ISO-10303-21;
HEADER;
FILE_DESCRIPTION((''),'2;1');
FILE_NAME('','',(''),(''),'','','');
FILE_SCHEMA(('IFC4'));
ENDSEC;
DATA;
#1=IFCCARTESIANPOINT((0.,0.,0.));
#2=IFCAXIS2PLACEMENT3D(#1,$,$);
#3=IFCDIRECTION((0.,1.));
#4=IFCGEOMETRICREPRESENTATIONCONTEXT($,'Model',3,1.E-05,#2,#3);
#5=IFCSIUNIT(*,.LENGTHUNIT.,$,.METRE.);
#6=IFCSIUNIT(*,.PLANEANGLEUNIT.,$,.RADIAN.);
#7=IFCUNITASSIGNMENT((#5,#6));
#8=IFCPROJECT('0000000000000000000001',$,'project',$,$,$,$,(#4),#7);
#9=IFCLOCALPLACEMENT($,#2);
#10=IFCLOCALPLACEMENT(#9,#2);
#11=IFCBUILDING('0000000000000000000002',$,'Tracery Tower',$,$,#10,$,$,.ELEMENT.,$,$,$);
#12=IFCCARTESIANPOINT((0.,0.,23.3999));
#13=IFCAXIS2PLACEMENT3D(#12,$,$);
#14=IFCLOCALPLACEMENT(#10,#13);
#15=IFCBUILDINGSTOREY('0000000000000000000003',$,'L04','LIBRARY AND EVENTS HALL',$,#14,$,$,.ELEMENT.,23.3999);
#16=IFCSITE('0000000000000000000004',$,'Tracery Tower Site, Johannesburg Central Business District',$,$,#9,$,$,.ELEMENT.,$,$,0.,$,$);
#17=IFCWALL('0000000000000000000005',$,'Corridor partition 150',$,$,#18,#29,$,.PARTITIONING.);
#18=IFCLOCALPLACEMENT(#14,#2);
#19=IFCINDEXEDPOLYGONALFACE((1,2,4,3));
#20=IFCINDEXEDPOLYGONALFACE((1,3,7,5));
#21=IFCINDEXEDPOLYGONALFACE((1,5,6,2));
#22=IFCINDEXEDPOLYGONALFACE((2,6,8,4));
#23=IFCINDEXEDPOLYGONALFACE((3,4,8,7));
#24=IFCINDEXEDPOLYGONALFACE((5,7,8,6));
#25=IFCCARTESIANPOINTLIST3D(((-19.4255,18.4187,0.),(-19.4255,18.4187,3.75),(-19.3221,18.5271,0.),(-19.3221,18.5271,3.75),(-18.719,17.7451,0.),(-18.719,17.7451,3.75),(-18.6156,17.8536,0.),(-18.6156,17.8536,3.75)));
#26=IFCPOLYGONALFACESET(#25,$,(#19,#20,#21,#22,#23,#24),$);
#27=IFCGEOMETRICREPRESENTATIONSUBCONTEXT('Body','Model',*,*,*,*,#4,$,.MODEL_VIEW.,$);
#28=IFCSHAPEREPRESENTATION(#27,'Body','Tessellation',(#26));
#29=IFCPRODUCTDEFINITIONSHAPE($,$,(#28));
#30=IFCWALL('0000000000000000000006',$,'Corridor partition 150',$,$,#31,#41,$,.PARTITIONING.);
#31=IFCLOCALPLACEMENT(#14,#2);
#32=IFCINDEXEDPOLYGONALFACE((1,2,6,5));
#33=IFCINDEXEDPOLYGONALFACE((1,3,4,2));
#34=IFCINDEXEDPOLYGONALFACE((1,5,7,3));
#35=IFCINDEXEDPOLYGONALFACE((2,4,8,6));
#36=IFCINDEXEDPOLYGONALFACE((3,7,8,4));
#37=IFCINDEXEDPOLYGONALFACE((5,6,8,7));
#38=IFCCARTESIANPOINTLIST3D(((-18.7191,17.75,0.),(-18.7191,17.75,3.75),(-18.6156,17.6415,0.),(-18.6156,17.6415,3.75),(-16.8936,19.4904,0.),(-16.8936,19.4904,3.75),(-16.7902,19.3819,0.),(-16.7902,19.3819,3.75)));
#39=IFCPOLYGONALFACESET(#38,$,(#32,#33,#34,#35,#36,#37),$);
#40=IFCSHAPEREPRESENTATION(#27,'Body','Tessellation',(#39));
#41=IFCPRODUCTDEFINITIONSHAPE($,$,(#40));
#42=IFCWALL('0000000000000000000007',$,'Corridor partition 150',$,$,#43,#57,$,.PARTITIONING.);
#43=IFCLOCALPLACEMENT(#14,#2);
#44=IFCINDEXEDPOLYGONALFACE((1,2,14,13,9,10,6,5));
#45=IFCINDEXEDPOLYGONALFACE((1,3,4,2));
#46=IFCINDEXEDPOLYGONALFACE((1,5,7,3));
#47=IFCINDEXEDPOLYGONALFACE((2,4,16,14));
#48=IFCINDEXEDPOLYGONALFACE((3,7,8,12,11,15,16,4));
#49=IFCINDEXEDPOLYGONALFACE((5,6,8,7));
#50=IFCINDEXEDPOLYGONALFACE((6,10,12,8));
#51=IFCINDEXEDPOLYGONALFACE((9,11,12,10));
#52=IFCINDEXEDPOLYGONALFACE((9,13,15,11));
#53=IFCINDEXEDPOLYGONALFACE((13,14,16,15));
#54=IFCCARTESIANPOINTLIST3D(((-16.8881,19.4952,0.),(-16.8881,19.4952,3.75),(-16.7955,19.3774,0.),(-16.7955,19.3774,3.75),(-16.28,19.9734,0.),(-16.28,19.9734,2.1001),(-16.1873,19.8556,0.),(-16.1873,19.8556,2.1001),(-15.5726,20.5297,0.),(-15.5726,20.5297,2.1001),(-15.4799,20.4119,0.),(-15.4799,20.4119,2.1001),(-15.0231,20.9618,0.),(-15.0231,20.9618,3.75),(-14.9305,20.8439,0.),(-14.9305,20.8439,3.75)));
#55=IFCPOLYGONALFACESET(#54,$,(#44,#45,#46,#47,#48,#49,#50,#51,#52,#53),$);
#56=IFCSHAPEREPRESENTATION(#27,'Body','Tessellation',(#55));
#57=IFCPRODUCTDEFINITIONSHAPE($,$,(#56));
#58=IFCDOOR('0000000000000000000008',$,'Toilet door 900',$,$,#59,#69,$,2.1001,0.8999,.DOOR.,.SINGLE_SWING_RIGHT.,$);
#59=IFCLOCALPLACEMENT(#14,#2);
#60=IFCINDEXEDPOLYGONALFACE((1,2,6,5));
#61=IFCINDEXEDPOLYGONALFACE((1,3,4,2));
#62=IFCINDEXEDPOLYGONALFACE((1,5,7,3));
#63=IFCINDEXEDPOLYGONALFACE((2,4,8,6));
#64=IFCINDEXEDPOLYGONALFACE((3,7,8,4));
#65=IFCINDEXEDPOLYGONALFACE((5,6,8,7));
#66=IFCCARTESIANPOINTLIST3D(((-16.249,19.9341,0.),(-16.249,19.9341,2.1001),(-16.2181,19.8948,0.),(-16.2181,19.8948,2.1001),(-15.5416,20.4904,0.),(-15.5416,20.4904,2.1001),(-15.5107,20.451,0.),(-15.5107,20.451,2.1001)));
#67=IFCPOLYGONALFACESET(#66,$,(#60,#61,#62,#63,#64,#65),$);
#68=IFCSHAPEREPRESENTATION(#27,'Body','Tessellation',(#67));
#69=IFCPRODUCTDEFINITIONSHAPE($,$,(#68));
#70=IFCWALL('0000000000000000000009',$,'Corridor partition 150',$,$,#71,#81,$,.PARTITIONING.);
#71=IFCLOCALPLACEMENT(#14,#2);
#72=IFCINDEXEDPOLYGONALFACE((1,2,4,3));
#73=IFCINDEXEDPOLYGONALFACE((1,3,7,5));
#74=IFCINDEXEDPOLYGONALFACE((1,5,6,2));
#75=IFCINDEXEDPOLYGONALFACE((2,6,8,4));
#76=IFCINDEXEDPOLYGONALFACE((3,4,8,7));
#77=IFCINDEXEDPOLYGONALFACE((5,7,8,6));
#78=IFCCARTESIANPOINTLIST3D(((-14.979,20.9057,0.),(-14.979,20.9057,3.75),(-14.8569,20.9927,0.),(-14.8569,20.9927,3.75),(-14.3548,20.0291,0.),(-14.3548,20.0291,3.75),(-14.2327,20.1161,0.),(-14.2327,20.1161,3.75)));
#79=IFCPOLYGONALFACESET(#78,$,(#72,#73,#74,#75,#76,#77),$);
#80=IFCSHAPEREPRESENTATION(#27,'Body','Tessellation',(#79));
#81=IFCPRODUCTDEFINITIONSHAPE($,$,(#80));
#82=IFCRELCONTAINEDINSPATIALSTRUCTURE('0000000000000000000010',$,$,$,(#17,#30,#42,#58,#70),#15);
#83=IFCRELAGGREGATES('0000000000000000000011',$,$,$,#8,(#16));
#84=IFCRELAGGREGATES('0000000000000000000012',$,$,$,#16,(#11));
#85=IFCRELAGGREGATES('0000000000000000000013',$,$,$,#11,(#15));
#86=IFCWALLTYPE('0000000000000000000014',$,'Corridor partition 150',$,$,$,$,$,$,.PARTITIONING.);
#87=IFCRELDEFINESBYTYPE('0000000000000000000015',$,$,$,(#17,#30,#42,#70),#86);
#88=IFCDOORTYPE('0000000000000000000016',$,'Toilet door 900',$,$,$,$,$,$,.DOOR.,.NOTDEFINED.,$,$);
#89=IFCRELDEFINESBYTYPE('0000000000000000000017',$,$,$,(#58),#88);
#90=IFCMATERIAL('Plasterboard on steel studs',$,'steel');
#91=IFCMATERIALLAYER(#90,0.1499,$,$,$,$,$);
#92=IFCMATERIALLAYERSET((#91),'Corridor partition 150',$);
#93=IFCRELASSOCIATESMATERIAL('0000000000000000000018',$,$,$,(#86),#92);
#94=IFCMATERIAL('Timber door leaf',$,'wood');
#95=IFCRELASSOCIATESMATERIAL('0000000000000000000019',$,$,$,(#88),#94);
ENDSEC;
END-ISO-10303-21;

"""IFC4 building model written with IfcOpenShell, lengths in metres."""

from ifc_helpers import new_model, si_unit, direction, frame, frame_2d, origin, place, context, subcontext, project, spatial, rectangle, extrude, material, layer, layer_set, type_object, element, fill, save


model = new_model("IFC4")

# Units and contexts
model_context = context("Model", 3, precision=1e-05, world=origin(), true_north=direction((0.0, 1.0)))
body_context = subcontext(model_context, "Body", "Model", "MODEL_VIEW")
ifc_project = project(units=[si_unit("LENGTHUNIT", "METRE"), si_unit("PLANEANGLEUNIT", "RADIAN")], contexts=[model_context])

# Site, building, storey
site_placement = place(None, origin())
site = spatial("IfcSite", under=ifc_project, at=site_placement, Name="Tracery Tower Site, Johannesburg Central Business District", CompositionType="ELEMENT", RefElevation=0.0)
building_placement = place(site_placement, origin())
building = spatial("IfcBuilding", under=site, at=building_placement, Name="Tracery Tower", CompositionType="ELEMENT")
storey_placement = place(building_placement, frame((0.0, 0.0, 23.3999)))
storey = spatial("IfcBuildingStorey", under=building, at=storey_placement, Name="L04", Description="LIBRARY AND EVENTS HALL", CompositionType="ELEMENT", Elevation=23.3999)

# Walls
ifc_material_1 = material(Name="Plasterboard on steel studs", Category="steel")
ifc_layer_1 = layer(ifc_material_1, 0.1499)
ifc_layer_set_1 = layer_set([ifc_layer_1], Name="Corridor partition 150")
wall_type_1 = type_object("IfcWallType", Name="Corridor partition 150", PredefinedType="PARTITIONING", material=ifc_layer_set_1)
wall_1_placement = place(storey_placement, frame((-19.3738, 18.4729, 0.0), z_axis=(0.0, 0.0, 1.0), x_axis=(0.723787, -0.690024, 0.0)))
element("IfcWall", 1, at=wall_1_placement, inside=storey, type_object=wall_type_1, Name="Corridor partition 150", PredefinedType="PARTITIONING", context=body_context, shape_type="SweptSolid", body=[
    extrude(rectangle(XDim=0.9761, YDim=0.1499, at=frame_2d((0.488, 0.0))), origin(), (0.0, 0.0, 1.0), 3.75),
])
wall_2_placement = place(storey_placement, frame((-16.8418, 19.4363, 0.0), z_axis=(0.0, 0.0, 1.0), x_axis=(-0.723749, -0.690064, 0.0)))
element("IfcWall", 2, at=wall_2_placement, inside=storey, type_object=wall_type_1, Name="Corridor partition 150", PredefinedType="PARTITIONING", context=body_context, shape_type="SweptSolid", body=[
    extrude(rectangle(XDim=2.5222, YDim=0.1499, at=frame_2d((1.2612, 0.0))), origin(), (0.0, 0.0, 1.0), 3.75),
])

# Wall, opening, door
wall_3_placement = place(storey_placement, frame((-16.8418, 19.4363, 0.0), z_axis=(0.0, 0.0, 1.0), x_axis=(0.786072, 0.618135, 0.0)))
wall_3 = element("IfcWall", 3, at=wall_3_placement, inside=storey, type_object=wall_type_1, Name="Corridor partition 150", PredefinedType="PARTITIONING", context=body_context, shape_type="SweptSolid", body=[
    extrude(rectangle(XDim=2.3726, YDim=0.1499, at=frame_2d((1.1863, 0.0))), origin(), (0.0, 0.0, 1.0), 3.75),
])
opening_1_placement = place(wall_3_placement, frame((0.7737, 0.0, 0.0)))
opening_1 = element("IfcOpeningElement", 4, at=opening_1_placement, cuts=wall_3, PredefinedType="OPENING", context=body_context, shape_type="SweptSolid", body=[
    extrude(rectangle(XDim=0.8999, YDim=2.1001, at=frame_2d((0.45, 1.05))), frame((0.0, 0.075, 0.0), z_axis=(0.0, -1.0, 0.0), x_axis=(1.0, 0.0, 0.0)), (0.0, 0.0, 1.0), 0.1499),
])
ifc_material_2 = material(Name="Timber door leaf", Category="wood")
door_type = type_object("IfcDoorType", Name="Toilet door 900", OperationType="NOTDEFINED", PredefinedType="DOOR", material=ifc_material_2)
door_placement = place(opening_1_placement, origin())
door = element("IfcDoor", 5, at=door_placement, inside=storey, type_object=door_type, Name="Toilet door 900", OperationType="SINGLE_SWING_RIGHT", OverallHeight=2.1001, OverallWidth=0.8999, PredefinedType="DOOR", context=body_context, shape_type="SweptSolid", body=[
    extrude(rectangle(XDim=0.8999, YDim=2.1001, at=frame_2d((0.45, 1.05))), frame((0.0, 0.0249, 0.0), z_axis=(0.0, -1.0, 0.0), x_axis=(1.0, 0.0, 0.0)), (0.0, 0.0, 1.0), 0.05),
])
fill(opening_1, door)

# Wall
wall_4_placement = place(storey_placement, frame((-14.918, 20.9492, 0.0), z_axis=(0.0, 0.0, 1.0), x_axis=(0.580036, -0.814591, 0.0)))
element("IfcWall", 6, at=wall_4_placement, inside=storey, type_object=wall_type_1, Name="Corridor partition 150", PredefinedType="PARTITIONING", context=body_context, shape_type="SweptSolid", body=[
    extrude(rectangle(XDim=1.0762, YDim=0.1499, at=frame_2d((0.5381, 0.0))), origin(), (0.0, 0.0, 1.0), 3.75),
])

save(model, "model.ifc")
